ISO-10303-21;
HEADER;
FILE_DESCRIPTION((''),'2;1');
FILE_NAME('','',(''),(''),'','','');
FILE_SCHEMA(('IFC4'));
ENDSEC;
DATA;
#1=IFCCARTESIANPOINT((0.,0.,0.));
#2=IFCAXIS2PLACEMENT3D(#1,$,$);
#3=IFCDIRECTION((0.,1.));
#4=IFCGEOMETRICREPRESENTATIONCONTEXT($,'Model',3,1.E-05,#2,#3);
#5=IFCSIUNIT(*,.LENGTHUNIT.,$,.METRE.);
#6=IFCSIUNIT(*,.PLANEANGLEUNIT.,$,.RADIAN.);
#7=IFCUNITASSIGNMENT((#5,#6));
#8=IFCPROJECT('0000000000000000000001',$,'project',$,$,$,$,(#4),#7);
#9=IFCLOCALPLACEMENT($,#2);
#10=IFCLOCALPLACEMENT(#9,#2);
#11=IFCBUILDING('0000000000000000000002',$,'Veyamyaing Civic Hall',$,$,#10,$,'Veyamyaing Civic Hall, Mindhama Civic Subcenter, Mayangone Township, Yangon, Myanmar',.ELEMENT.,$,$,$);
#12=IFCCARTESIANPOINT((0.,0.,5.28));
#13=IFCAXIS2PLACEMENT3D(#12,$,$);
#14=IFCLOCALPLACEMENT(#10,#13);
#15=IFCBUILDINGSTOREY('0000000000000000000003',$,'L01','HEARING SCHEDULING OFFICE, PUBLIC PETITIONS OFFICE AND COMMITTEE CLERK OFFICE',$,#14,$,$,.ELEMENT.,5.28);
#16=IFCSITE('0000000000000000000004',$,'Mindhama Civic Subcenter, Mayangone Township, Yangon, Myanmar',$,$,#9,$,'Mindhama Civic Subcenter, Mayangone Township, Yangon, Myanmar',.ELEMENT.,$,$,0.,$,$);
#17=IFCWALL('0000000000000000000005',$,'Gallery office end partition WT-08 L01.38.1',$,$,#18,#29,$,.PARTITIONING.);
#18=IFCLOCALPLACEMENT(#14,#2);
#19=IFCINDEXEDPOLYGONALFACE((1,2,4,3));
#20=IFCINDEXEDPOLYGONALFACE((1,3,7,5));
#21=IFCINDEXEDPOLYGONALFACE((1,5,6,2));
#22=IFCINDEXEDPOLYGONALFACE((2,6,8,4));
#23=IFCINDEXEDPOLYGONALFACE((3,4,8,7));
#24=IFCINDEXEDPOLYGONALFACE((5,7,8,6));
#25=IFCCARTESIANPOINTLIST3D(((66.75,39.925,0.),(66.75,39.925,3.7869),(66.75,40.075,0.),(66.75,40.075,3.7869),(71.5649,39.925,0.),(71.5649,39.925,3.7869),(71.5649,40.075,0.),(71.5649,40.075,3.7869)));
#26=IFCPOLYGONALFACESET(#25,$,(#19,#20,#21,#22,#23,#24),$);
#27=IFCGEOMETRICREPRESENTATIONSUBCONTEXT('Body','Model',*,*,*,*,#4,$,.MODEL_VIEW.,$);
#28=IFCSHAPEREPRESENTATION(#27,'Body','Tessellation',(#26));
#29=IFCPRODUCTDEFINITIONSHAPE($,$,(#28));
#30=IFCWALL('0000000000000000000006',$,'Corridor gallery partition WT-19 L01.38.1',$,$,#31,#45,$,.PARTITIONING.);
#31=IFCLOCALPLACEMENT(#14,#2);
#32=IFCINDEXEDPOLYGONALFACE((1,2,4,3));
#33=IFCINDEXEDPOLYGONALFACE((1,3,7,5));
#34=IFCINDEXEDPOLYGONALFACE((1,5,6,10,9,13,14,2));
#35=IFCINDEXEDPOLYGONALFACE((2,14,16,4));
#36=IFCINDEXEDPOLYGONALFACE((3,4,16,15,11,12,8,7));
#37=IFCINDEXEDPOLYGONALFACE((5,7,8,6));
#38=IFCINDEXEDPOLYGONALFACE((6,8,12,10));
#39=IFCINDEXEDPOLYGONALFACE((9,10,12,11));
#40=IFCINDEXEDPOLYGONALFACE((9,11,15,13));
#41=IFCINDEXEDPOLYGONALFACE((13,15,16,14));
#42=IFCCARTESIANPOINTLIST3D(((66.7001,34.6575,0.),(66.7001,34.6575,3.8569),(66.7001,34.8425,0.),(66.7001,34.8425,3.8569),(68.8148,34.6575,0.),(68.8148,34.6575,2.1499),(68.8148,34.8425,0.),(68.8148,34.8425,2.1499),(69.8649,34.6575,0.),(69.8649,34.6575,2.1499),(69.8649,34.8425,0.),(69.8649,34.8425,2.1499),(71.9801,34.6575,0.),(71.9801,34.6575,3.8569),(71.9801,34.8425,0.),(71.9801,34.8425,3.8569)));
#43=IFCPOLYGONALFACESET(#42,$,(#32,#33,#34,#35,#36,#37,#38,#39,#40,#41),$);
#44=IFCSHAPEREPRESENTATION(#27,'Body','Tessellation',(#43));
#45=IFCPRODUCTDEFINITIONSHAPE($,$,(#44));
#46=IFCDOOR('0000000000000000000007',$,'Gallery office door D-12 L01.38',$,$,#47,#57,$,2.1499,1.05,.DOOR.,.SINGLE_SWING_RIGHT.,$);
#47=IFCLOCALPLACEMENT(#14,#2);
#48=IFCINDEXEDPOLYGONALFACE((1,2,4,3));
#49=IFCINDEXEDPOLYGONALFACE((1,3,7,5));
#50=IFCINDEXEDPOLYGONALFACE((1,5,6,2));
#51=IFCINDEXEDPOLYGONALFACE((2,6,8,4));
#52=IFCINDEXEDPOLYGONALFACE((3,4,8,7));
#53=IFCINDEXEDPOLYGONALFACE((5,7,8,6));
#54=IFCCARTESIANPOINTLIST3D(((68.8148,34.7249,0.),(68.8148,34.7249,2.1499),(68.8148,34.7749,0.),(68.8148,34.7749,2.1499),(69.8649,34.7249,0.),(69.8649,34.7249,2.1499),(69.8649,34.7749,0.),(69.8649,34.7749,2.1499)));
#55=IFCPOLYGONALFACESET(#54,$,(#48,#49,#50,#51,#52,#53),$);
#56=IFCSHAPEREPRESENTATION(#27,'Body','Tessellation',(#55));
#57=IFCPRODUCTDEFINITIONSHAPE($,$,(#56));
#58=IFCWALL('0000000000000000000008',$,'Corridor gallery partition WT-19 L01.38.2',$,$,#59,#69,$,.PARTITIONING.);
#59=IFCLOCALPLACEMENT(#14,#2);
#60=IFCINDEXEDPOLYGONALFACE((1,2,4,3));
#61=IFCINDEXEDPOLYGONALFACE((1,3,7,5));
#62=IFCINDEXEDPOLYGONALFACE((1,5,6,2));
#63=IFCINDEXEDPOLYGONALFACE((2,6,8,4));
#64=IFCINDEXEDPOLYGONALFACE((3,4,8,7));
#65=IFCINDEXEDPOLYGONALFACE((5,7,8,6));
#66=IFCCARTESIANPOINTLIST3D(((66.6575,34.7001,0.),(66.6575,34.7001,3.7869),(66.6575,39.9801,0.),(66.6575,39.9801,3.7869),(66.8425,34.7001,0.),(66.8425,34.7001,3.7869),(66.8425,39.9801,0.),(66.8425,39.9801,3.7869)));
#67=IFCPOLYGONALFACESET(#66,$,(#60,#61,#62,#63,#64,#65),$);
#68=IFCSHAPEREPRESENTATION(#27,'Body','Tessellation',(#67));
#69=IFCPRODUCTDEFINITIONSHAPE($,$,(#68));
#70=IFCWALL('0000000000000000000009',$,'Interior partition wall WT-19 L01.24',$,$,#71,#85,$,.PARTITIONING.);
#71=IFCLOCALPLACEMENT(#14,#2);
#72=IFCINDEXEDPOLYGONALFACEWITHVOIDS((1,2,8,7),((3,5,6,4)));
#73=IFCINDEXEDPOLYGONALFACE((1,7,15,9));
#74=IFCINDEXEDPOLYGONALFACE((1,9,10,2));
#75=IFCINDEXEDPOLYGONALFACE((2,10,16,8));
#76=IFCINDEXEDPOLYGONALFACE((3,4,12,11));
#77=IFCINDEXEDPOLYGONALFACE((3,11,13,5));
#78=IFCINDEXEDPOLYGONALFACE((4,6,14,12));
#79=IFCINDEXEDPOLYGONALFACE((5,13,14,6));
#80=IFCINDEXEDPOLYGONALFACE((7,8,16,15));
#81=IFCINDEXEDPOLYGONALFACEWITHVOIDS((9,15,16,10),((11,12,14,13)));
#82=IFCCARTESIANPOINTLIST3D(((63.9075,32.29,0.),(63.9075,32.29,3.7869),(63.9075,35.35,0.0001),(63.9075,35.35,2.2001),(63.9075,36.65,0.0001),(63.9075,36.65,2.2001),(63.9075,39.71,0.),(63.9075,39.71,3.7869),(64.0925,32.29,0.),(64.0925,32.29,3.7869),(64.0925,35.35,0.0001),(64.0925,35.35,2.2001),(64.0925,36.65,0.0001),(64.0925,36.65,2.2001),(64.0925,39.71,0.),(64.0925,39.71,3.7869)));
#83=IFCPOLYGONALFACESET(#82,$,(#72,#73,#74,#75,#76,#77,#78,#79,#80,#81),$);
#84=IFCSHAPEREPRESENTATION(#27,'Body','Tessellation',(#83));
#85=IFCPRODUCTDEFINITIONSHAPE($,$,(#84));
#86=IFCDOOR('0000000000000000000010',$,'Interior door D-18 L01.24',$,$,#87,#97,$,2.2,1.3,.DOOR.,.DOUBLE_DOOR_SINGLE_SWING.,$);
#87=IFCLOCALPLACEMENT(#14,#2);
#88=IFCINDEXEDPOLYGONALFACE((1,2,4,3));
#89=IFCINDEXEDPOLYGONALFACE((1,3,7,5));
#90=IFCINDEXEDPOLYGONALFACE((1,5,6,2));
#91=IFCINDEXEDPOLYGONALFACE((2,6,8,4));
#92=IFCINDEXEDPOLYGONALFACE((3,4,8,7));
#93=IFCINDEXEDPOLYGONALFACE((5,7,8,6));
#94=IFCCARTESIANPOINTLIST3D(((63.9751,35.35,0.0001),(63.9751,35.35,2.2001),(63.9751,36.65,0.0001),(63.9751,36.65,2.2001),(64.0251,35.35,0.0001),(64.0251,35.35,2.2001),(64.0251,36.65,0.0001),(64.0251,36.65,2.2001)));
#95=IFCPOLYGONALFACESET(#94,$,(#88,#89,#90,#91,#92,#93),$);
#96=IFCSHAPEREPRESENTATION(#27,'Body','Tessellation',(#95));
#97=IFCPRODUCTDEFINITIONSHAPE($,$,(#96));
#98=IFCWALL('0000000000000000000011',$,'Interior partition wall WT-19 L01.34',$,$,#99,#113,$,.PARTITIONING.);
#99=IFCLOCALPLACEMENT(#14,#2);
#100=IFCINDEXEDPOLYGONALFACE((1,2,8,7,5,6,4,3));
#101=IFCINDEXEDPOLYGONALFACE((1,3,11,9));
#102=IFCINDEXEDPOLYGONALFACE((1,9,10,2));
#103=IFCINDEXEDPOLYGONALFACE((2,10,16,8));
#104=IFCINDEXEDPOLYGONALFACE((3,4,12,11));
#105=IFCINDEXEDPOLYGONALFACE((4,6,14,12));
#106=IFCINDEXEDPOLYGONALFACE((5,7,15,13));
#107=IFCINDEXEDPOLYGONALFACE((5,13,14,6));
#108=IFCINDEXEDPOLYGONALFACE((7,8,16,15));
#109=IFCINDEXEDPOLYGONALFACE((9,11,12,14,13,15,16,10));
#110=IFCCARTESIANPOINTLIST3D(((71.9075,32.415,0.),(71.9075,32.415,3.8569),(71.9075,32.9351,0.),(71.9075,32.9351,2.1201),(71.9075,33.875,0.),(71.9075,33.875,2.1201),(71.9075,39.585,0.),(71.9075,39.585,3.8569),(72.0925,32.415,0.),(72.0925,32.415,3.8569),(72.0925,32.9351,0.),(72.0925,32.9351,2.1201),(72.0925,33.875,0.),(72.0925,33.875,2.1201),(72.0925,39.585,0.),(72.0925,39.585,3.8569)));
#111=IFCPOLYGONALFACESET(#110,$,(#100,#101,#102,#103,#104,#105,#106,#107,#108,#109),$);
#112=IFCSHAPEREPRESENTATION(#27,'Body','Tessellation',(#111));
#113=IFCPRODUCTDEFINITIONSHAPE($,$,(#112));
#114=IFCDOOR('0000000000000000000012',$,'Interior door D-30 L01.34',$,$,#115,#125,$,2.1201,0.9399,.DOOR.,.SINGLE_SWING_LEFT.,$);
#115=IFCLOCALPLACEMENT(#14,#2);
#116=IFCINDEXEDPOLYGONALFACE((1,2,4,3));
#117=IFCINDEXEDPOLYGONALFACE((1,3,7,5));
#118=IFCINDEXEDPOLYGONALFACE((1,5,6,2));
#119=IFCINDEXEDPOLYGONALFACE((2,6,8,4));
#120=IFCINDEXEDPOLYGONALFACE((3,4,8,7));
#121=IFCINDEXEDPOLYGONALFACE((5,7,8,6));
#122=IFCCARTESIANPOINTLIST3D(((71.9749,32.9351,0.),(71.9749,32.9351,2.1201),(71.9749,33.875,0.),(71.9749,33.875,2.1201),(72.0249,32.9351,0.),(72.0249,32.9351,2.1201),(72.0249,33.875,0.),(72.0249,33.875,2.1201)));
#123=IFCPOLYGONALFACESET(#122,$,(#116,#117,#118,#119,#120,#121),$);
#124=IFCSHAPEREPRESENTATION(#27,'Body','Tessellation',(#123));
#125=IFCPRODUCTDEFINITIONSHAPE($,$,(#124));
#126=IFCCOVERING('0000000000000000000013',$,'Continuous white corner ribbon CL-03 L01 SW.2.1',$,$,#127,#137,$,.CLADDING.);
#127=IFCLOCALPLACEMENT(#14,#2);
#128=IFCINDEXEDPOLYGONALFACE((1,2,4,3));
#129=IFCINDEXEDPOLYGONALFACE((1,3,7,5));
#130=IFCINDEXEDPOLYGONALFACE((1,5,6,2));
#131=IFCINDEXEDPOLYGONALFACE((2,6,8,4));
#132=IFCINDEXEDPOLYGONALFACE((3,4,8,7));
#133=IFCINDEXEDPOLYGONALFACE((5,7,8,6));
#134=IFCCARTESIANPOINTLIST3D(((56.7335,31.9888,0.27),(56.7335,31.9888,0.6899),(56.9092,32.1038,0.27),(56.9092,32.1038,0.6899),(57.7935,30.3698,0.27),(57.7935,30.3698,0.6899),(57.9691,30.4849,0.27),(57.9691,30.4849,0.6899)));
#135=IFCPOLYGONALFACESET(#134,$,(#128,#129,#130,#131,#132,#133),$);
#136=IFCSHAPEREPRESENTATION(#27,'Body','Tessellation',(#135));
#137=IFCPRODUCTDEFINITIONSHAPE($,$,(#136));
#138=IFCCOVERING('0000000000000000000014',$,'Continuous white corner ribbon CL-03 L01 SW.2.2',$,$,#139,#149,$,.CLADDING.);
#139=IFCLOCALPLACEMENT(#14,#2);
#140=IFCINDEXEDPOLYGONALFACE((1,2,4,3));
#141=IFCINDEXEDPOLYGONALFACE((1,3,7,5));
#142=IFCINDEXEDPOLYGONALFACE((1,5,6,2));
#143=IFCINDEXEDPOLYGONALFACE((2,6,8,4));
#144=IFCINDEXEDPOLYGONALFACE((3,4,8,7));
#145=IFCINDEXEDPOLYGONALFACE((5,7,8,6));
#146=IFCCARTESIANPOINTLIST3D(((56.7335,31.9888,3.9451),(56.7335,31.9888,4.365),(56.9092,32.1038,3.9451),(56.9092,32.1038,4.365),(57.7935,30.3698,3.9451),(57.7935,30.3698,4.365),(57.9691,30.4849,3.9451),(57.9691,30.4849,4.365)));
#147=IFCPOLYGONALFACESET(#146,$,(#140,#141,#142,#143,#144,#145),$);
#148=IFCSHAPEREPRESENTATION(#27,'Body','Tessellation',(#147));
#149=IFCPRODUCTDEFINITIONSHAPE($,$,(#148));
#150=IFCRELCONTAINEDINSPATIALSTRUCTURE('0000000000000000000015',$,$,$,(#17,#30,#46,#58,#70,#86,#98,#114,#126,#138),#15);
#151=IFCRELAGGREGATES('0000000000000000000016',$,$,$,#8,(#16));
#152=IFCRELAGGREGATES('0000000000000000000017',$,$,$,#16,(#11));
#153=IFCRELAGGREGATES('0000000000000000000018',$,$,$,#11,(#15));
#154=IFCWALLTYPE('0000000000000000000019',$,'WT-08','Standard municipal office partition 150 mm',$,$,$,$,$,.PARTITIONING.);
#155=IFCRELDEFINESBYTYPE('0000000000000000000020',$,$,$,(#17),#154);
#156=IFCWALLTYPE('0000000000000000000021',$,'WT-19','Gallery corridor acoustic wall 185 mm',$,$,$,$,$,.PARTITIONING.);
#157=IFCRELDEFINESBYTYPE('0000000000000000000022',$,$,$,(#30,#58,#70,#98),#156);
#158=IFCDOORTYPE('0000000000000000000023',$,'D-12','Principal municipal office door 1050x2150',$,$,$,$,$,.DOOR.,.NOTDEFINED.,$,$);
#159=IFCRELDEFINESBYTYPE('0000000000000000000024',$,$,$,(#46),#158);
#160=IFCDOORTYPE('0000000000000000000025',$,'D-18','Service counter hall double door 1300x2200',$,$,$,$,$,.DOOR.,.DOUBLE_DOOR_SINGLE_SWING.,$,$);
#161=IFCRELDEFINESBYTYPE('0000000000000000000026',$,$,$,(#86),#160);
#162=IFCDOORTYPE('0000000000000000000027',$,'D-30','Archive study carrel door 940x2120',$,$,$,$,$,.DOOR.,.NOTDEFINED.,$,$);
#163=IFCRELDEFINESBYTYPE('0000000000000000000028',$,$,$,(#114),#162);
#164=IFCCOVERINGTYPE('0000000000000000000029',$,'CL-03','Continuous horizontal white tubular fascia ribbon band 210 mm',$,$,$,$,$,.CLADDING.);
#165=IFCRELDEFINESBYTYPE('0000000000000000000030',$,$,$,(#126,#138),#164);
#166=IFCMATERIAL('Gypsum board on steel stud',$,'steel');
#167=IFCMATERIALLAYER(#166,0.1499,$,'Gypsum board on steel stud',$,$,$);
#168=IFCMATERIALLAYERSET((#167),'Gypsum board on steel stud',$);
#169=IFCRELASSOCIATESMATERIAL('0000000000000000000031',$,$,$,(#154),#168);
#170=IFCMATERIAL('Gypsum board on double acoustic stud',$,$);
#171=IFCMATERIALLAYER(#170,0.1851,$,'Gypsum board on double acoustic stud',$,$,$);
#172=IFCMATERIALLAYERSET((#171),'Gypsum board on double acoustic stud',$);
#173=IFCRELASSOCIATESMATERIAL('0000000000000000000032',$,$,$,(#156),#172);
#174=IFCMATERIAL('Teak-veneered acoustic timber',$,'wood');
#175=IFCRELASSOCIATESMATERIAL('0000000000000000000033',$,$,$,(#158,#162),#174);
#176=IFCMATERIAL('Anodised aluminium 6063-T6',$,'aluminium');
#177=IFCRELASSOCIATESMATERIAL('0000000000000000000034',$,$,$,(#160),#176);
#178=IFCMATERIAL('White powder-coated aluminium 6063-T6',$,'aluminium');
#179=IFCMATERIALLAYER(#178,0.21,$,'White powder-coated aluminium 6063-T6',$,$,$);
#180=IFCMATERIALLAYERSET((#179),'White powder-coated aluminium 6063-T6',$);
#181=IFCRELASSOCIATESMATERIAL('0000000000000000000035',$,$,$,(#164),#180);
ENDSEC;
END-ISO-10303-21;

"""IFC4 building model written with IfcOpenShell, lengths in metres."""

from ifc_helpers import new_model, si_unit, direction, frame, frame_2d, origin, origin_2d, place, context, subcontext, project, spatial, rectangle, extrude, material, layer, layer_set, type_object, element, fill, save


model = new_model("IFC4")

# Units and contexts
model_context = context("Model", 3, precision=1e-05, world=origin(), true_north=direction((0.0, 1.0)))
body_context = subcontext(model_context, "Body", "Model", "MODEL_VIEW")
ifc_project = project(units=[si_unit("LENGTHUNIT", "METRE"), si_unit("PLANEANGLEUNIT", "RADIAN")], contexts=[model_context])

# Site, building, storey
site_placement = place(None, origin())
site = spatial("IfcSite", under=ifc_project, at=site_placement, Name="Mindhama Civic Subcenter, Mayangone Township, Yangon, Myanmar", LongName="Mindhama Civic Subcenter, Mayangone Township, Yangon, Myanmar", CompositionType="ELEMENT", RefElevation=0.0)
building_placement = place(site_placement, origin())
building = spatial("IfcBuilding", under=site, at=building_placement, Name="Veyamyaing Civic Hall", LongName="Veyamyaing Civic Hall, Mindhama Civic Subcenter, Mayangone Township, Yangon, Myanmar", CompositionType="ELEMENT")
storey_placement = place(building_placement, frame((0.0, 0.0, 5.28)))
storey = spatial("IfcBuildingStorey", under=building, at=storey_placement, Name="L01", Description="HEARING SCHEDULING OFFICE, PUBLIC PETITIONS OFFICE AND COMMITTEE CLERK OFFICE", CompositionType="ELEMENT", Elevation=5.28)

# Wall
ifc_material_1 = material(Name="Gypsum board on steel stud", Category="steel")
ifc_layer_1 = layer(ifc_material_1, 0.1499, Name="Gypsum board on steel stud")
ifc_layer_set_1 = layer_set([ifc_layer_1], Name="Gypsum board on steel stud")
wall_type_1 = type_object("IfcWallType", Name="WT-08", Description="Standard municipal office partition 150 mm", PredefinedType="PARTITIONING", material=ifc_layer_set_1)
wall_1_placement = place(storey_placement, frame((66.75, 40.0, 0.0), z_axis=(0.0, 0.0, 1.0), x_axis=(1.0, 0.0, 0.0)))
element("IfcWall", 1, at=wall_1_placement, inside=storey, type_object=wall_type_1, Name="Gallery office end partition WT-08 L01.38.1", PredefinedType="PARTITIONING", context=body_context, shape_type="SweptSolid", body=[
    extrude(rectangle(XDim=4.8149, YDim=0.1499, at=frame_2d((2.4075, 0.0))), origin(), (0.0, 0.0, 1.0), 3.7869),
])

# Wall, opening, door
ifc_material_2 = material(Name="Gypsum board on double acoustic stud")
ifc_layer_2 = layer(ifc_material_2, 0.1851, Name="Gypsum board on double acoustic stud")
ifc_layer_set_2 = layer_set([ifc_layer_2], Name="Gypsum board on double acoustic stud")
wall_type_2 = type_object("IfcWallType", Name="WT-19", Description="Gallery corridor acoustic wall 185 mm", PredefinedType="PARTITIONING", material=ifc_layer_set_2)
wall_2_placement = place(storey_placement, frame((66.7, 34.75, 0.0), z_axis=(0.0, 0.0, 1.0), x_axis=(1.0, 0.0, 0.0)))
wall_2 = element("IfcWall", 2, at=wall_2_placement, inside=storey, type_object=wall_type_2, Name="Corridor gallery partition WT-19 L01.38.1", PredefinedType="PARTITIONING", context=body_context, shape_type="SweptSolid", body=[
    extrude(rectangle(XDim=5.28, YDim=0.1851, at=frame_2d((2.6401, 0.0))), origin(), (0.0, 0.0, 1.0), 3.8569),
])
opening_1_placement = place(wall_2_placement, frame((2.115, 0.0, 0.0)))
opening_1 = element("IfcOpeningElement", 3, at=opening_1_placement, cuts=wall_2, PredefinedType="OPENING", context=body_context, shape_type="SweptSolid", body=[
    extrude(rectangle(XDim=1.05, YDim=2.1499, at=frame_2d((0.5249, 1.075))), frame((0.0, 0.1025, 0.0), z_axis=(0.0, -1.0, 0.0), x_axis=(1.0, 0.0, 0.0)), (0.0, 0.0, 1.0), 0.2051),
])
ifc_material_3 = material(Name="Teak-veneered acoustic timber", Category="wood")
door_type_1 = type_object("IfcDoorType", Name="D-12", Description="Principal municipal office door 1050x2150", OperationType="NOTDEFINED", PredefinedType="DOOR", material=ifc_material_3)
door_1_placement = place(opening_1_placement, origin())
door_1 = element("IfcDoor", 4, at=door_1_placement, inside=storey, type_object=door_type_1, Name="Gallery office door D-12 L01.38", OperationType="SINGLE_SWING_RIGHT", OverallHeight=2.1499, OverallWidth=1.05, PredefinedType="DOOR", context=body_context, shape_type="SweptSolid", body=[
    extrude(rectangle(XDim=1.05, YDim=2.1499, at=frame_2d((0.5249, 1.075))), frame((0.0, 0.0249, 0.0), z_axis=(0.0, -1.0, 0.0), x_axis=(1.0, 0.0, 0.0)), (0.0, 0.0, 1.0), 0.05),
])
fill(opening_1, door_1)

# Wall
wall_3_placement = place(storey_placement, frame((66.75, 34.7, 0.0), z_axis=(0.0, 0.0, 1.0), x_axis=(0.0, 1.0, 0.0)))
element("IfcWall", 5, at=wall_3_placement, inside=storey, type_object=wall_type_2, Name="Corridor gallery partition WT-19 L01.38.2", PredefinedType="PARTITIONING", context=body_context, shape_type="SweptSolid", body=[
    extrude(rectangle(XDim=5.28, YDim=0.1851, at=frame_2d((2.6401, 0.0))), origin(), (0.0, 0.0, 1.0), 3.7869),
])

# Walls, openings, doors
wall_4_placement = place(storey_placement, frame((64.0, 32.29, 0.0), z_axis=(0.0, 0.0, 1.0), x_axis=(0.0, 1.0, 0.0)))
wall_4 = element("IfcWall", 6, at=wall_4_placement, inside=storey, type_object=wall_type_2, Name="Interior partition wall WT-19 L01.24", PredefinedType="PARTITIONING", context=body_context, shape_type="SweptSolid", body=[
    extrude(rectangle(XDim=7.4199, YDim=0.1851, at=frame_2d((3.71, 0.0))), origin(), (0.0, 0.0, 1.0), 3.7869),
])
opening_2_placement = place(wall_4_placement, frame((3.0601, 0.0, 0.0)))
opening_2 = element("IfcOpeningElement", 7, at=opening_2_placement, cuts=wall_4, PredefinedType="OPENING", context=body_context, shape_type="SweptSolid", body=[
    extrude(rectangle(XDim=1.3, YDim=2.2, at=frame_2d((0.6499, 1.1001))), frame((0.0, 0.1025, 0.0), z_axis=(0.0, -1.0, 0.0), x_axis=(1.0, 0.0, 0.0)), (0.0, 0.0, 1.0), 0.2051),
])
ifc_material_4 = material(Name="Anodised aluminium 6063-T6", Category="aluminium")
door_type_2 = type_object("IfcDoorType", Name="D-18", Description="Service counter hall double door 1300x2200", OperationType="DOUBLE_DOOR_SINGLE_SWING", PredefinedType="DOOR", material=ifc_material_4)
door_2_placement = place(opening_2_placement, origin())
door_2 = element("IfcDoor", 8, at=door_2_placement, inside=storey, type_object=door_type_2, Name="Interior door D-18 L01.24", OperationType="DOUBLE_DOOR_SINGLE_SWING", OverallHeight=2.2, OverallWidth=1.3, PredefinedType="DOOR", context=body_context, shape_type="SweptSolid", body=[
    extrude(rectangle(XDim=1.3, YDim=2.2, at=frame_2d((0.6499, 1.1001))), frame((0.0, 0.0249, 0.0), z_axis=(0.0, -1.0, 0.0), x_axis=(1.0, 0.0, 0.0)), (0.0, 0.0, 1.0), 0.05),
])
fill(opening_2, door_2)
wall_5_placement = place(storey_placement, frame((72.0, 32.415, 0.0), z_axis=(0.0, 0.0, 1.0), x_axis=(0.0, 1.0, 0.0)))
wall_5 = element("IfcWall", 9, at=wall_5_placement, inside=storey, type_object=wall_type_2, Name="Interior partition wall WT-19 L01.34", PredefinedType="PARTITIONING", context=body_context, shape_type="SweptSolid", body=[
    extrude(rectangle(XDim=7.1699, YDim=0.1851, at=frame_2d((3.585, 0.0))), origin(), (0.0, 0.0, 1.0), 3.8569),
])
opening_3_placement = place(wall_5_placement, frame((0.52, 0.0, 0.0)))
opening_3 = element("IfcOpeningElement", 10, at=opening_3_placement, cuts=wall_5, PredefinedType="OPENING", context=body_context, shape_type="SweptSolid", body=[
    extrude(rectangle(XDim=0.9399, YDim=2.1201, at=frame_2d((0.47, 1.0601))), frame((0.0, 0.1025, 0.0), z_axis=(0.0, -1.0, 0.0), x_axis=(1.0, 0.0, 0.0)), (0.0, 0.0, 1.0), 0.2051),
])
door_type_3 = type_object("IfcDoorType", Name="D-30", Description="Archive study carrel door 940x2120", OperationType="NOTDEFINED", PredefinedType="DOOR", material=ifc_material_3)
door_3_placement = place(opening_3_placement, frame((0.9399, 0.0, 0.0), z_axis=(0.0, 0.0, 1.0), x_axis=(-1.0, 0.0, 0.0)))
door_3 = element("IfcDoor", 11, at=door_3_placement, inside=storey, type_object=door_type_3, Name="Interior door D-30 L01.34", OperationType="SINGLE_SWING_LEFT", OverallHeight=2.1201, OverallWidth=0.9399, PredefinedType="DOOR", context=body_context, shape_type="SweptSolid", body=[
    extrude(rectangle(XDim=0.9399, YDim=2.1201, at=frame_2d((0.47, 1.0601))), frame((0.0, 0.0249, 0.0), z_axis=(0.0, -1.0, 0.0), x_axis=(1.0, 0.0, 0.0)), (0.0, 0.0, 1.0), 0.05),
])
fill(opening_3, door_3)

# Coverings
ifc_material_5 = material(Name="White powder-coated aluminium 6063-T6", Category="aluminium")
ifc_layer_3 = layer(ifc_material_5, 0.21, Name="White powder-coated aluminium 6063-T6")
ifc_layer_set_3 = layer_set([ifc_layer_3], Name="White powder-coated aluminium 6063-T6")
covering_type = type_object("IfcCoveringType", Name="CL-03", Description="Continuous horizontal white tubular fascia ribbon band 210 mm", PredefinedType="CLADDING", material=ifc_layer_set_3)
for number, where, z_axis, x_axis, name in (
    (12, (57.3513, 31.2368, 0.27), (0.0, 0.0, 1.0), (0.547772, -0.836628, 0.0), "Continuous white corner ribbon CL-03 L01 SW.2.1"),
    (13, (57.3513, 31.2368, 3.9451), (0.0, 0.0, 1.0), (0.547772, -0.836628, 0.0), "Continuous white corner ribbon CL-03 L01 SW.2.2"),
):
    element("IfcCovering", number, at=place(storey_placement, frame(where, z_axis=z_axis, x_axis=x_axis)), inside=storey, type_object=covering_type, Name=name, PredefinedType="CLADDING", context=body_context, shape_type="SweptSolid", body=[
        extrude(rectangle(XDim=1.9351, YDim=0.21, at=origin_2d()), origin(), (0.0, 0.0, 1.0), 0.4199),
    ])

save(model, "model.ifc")
